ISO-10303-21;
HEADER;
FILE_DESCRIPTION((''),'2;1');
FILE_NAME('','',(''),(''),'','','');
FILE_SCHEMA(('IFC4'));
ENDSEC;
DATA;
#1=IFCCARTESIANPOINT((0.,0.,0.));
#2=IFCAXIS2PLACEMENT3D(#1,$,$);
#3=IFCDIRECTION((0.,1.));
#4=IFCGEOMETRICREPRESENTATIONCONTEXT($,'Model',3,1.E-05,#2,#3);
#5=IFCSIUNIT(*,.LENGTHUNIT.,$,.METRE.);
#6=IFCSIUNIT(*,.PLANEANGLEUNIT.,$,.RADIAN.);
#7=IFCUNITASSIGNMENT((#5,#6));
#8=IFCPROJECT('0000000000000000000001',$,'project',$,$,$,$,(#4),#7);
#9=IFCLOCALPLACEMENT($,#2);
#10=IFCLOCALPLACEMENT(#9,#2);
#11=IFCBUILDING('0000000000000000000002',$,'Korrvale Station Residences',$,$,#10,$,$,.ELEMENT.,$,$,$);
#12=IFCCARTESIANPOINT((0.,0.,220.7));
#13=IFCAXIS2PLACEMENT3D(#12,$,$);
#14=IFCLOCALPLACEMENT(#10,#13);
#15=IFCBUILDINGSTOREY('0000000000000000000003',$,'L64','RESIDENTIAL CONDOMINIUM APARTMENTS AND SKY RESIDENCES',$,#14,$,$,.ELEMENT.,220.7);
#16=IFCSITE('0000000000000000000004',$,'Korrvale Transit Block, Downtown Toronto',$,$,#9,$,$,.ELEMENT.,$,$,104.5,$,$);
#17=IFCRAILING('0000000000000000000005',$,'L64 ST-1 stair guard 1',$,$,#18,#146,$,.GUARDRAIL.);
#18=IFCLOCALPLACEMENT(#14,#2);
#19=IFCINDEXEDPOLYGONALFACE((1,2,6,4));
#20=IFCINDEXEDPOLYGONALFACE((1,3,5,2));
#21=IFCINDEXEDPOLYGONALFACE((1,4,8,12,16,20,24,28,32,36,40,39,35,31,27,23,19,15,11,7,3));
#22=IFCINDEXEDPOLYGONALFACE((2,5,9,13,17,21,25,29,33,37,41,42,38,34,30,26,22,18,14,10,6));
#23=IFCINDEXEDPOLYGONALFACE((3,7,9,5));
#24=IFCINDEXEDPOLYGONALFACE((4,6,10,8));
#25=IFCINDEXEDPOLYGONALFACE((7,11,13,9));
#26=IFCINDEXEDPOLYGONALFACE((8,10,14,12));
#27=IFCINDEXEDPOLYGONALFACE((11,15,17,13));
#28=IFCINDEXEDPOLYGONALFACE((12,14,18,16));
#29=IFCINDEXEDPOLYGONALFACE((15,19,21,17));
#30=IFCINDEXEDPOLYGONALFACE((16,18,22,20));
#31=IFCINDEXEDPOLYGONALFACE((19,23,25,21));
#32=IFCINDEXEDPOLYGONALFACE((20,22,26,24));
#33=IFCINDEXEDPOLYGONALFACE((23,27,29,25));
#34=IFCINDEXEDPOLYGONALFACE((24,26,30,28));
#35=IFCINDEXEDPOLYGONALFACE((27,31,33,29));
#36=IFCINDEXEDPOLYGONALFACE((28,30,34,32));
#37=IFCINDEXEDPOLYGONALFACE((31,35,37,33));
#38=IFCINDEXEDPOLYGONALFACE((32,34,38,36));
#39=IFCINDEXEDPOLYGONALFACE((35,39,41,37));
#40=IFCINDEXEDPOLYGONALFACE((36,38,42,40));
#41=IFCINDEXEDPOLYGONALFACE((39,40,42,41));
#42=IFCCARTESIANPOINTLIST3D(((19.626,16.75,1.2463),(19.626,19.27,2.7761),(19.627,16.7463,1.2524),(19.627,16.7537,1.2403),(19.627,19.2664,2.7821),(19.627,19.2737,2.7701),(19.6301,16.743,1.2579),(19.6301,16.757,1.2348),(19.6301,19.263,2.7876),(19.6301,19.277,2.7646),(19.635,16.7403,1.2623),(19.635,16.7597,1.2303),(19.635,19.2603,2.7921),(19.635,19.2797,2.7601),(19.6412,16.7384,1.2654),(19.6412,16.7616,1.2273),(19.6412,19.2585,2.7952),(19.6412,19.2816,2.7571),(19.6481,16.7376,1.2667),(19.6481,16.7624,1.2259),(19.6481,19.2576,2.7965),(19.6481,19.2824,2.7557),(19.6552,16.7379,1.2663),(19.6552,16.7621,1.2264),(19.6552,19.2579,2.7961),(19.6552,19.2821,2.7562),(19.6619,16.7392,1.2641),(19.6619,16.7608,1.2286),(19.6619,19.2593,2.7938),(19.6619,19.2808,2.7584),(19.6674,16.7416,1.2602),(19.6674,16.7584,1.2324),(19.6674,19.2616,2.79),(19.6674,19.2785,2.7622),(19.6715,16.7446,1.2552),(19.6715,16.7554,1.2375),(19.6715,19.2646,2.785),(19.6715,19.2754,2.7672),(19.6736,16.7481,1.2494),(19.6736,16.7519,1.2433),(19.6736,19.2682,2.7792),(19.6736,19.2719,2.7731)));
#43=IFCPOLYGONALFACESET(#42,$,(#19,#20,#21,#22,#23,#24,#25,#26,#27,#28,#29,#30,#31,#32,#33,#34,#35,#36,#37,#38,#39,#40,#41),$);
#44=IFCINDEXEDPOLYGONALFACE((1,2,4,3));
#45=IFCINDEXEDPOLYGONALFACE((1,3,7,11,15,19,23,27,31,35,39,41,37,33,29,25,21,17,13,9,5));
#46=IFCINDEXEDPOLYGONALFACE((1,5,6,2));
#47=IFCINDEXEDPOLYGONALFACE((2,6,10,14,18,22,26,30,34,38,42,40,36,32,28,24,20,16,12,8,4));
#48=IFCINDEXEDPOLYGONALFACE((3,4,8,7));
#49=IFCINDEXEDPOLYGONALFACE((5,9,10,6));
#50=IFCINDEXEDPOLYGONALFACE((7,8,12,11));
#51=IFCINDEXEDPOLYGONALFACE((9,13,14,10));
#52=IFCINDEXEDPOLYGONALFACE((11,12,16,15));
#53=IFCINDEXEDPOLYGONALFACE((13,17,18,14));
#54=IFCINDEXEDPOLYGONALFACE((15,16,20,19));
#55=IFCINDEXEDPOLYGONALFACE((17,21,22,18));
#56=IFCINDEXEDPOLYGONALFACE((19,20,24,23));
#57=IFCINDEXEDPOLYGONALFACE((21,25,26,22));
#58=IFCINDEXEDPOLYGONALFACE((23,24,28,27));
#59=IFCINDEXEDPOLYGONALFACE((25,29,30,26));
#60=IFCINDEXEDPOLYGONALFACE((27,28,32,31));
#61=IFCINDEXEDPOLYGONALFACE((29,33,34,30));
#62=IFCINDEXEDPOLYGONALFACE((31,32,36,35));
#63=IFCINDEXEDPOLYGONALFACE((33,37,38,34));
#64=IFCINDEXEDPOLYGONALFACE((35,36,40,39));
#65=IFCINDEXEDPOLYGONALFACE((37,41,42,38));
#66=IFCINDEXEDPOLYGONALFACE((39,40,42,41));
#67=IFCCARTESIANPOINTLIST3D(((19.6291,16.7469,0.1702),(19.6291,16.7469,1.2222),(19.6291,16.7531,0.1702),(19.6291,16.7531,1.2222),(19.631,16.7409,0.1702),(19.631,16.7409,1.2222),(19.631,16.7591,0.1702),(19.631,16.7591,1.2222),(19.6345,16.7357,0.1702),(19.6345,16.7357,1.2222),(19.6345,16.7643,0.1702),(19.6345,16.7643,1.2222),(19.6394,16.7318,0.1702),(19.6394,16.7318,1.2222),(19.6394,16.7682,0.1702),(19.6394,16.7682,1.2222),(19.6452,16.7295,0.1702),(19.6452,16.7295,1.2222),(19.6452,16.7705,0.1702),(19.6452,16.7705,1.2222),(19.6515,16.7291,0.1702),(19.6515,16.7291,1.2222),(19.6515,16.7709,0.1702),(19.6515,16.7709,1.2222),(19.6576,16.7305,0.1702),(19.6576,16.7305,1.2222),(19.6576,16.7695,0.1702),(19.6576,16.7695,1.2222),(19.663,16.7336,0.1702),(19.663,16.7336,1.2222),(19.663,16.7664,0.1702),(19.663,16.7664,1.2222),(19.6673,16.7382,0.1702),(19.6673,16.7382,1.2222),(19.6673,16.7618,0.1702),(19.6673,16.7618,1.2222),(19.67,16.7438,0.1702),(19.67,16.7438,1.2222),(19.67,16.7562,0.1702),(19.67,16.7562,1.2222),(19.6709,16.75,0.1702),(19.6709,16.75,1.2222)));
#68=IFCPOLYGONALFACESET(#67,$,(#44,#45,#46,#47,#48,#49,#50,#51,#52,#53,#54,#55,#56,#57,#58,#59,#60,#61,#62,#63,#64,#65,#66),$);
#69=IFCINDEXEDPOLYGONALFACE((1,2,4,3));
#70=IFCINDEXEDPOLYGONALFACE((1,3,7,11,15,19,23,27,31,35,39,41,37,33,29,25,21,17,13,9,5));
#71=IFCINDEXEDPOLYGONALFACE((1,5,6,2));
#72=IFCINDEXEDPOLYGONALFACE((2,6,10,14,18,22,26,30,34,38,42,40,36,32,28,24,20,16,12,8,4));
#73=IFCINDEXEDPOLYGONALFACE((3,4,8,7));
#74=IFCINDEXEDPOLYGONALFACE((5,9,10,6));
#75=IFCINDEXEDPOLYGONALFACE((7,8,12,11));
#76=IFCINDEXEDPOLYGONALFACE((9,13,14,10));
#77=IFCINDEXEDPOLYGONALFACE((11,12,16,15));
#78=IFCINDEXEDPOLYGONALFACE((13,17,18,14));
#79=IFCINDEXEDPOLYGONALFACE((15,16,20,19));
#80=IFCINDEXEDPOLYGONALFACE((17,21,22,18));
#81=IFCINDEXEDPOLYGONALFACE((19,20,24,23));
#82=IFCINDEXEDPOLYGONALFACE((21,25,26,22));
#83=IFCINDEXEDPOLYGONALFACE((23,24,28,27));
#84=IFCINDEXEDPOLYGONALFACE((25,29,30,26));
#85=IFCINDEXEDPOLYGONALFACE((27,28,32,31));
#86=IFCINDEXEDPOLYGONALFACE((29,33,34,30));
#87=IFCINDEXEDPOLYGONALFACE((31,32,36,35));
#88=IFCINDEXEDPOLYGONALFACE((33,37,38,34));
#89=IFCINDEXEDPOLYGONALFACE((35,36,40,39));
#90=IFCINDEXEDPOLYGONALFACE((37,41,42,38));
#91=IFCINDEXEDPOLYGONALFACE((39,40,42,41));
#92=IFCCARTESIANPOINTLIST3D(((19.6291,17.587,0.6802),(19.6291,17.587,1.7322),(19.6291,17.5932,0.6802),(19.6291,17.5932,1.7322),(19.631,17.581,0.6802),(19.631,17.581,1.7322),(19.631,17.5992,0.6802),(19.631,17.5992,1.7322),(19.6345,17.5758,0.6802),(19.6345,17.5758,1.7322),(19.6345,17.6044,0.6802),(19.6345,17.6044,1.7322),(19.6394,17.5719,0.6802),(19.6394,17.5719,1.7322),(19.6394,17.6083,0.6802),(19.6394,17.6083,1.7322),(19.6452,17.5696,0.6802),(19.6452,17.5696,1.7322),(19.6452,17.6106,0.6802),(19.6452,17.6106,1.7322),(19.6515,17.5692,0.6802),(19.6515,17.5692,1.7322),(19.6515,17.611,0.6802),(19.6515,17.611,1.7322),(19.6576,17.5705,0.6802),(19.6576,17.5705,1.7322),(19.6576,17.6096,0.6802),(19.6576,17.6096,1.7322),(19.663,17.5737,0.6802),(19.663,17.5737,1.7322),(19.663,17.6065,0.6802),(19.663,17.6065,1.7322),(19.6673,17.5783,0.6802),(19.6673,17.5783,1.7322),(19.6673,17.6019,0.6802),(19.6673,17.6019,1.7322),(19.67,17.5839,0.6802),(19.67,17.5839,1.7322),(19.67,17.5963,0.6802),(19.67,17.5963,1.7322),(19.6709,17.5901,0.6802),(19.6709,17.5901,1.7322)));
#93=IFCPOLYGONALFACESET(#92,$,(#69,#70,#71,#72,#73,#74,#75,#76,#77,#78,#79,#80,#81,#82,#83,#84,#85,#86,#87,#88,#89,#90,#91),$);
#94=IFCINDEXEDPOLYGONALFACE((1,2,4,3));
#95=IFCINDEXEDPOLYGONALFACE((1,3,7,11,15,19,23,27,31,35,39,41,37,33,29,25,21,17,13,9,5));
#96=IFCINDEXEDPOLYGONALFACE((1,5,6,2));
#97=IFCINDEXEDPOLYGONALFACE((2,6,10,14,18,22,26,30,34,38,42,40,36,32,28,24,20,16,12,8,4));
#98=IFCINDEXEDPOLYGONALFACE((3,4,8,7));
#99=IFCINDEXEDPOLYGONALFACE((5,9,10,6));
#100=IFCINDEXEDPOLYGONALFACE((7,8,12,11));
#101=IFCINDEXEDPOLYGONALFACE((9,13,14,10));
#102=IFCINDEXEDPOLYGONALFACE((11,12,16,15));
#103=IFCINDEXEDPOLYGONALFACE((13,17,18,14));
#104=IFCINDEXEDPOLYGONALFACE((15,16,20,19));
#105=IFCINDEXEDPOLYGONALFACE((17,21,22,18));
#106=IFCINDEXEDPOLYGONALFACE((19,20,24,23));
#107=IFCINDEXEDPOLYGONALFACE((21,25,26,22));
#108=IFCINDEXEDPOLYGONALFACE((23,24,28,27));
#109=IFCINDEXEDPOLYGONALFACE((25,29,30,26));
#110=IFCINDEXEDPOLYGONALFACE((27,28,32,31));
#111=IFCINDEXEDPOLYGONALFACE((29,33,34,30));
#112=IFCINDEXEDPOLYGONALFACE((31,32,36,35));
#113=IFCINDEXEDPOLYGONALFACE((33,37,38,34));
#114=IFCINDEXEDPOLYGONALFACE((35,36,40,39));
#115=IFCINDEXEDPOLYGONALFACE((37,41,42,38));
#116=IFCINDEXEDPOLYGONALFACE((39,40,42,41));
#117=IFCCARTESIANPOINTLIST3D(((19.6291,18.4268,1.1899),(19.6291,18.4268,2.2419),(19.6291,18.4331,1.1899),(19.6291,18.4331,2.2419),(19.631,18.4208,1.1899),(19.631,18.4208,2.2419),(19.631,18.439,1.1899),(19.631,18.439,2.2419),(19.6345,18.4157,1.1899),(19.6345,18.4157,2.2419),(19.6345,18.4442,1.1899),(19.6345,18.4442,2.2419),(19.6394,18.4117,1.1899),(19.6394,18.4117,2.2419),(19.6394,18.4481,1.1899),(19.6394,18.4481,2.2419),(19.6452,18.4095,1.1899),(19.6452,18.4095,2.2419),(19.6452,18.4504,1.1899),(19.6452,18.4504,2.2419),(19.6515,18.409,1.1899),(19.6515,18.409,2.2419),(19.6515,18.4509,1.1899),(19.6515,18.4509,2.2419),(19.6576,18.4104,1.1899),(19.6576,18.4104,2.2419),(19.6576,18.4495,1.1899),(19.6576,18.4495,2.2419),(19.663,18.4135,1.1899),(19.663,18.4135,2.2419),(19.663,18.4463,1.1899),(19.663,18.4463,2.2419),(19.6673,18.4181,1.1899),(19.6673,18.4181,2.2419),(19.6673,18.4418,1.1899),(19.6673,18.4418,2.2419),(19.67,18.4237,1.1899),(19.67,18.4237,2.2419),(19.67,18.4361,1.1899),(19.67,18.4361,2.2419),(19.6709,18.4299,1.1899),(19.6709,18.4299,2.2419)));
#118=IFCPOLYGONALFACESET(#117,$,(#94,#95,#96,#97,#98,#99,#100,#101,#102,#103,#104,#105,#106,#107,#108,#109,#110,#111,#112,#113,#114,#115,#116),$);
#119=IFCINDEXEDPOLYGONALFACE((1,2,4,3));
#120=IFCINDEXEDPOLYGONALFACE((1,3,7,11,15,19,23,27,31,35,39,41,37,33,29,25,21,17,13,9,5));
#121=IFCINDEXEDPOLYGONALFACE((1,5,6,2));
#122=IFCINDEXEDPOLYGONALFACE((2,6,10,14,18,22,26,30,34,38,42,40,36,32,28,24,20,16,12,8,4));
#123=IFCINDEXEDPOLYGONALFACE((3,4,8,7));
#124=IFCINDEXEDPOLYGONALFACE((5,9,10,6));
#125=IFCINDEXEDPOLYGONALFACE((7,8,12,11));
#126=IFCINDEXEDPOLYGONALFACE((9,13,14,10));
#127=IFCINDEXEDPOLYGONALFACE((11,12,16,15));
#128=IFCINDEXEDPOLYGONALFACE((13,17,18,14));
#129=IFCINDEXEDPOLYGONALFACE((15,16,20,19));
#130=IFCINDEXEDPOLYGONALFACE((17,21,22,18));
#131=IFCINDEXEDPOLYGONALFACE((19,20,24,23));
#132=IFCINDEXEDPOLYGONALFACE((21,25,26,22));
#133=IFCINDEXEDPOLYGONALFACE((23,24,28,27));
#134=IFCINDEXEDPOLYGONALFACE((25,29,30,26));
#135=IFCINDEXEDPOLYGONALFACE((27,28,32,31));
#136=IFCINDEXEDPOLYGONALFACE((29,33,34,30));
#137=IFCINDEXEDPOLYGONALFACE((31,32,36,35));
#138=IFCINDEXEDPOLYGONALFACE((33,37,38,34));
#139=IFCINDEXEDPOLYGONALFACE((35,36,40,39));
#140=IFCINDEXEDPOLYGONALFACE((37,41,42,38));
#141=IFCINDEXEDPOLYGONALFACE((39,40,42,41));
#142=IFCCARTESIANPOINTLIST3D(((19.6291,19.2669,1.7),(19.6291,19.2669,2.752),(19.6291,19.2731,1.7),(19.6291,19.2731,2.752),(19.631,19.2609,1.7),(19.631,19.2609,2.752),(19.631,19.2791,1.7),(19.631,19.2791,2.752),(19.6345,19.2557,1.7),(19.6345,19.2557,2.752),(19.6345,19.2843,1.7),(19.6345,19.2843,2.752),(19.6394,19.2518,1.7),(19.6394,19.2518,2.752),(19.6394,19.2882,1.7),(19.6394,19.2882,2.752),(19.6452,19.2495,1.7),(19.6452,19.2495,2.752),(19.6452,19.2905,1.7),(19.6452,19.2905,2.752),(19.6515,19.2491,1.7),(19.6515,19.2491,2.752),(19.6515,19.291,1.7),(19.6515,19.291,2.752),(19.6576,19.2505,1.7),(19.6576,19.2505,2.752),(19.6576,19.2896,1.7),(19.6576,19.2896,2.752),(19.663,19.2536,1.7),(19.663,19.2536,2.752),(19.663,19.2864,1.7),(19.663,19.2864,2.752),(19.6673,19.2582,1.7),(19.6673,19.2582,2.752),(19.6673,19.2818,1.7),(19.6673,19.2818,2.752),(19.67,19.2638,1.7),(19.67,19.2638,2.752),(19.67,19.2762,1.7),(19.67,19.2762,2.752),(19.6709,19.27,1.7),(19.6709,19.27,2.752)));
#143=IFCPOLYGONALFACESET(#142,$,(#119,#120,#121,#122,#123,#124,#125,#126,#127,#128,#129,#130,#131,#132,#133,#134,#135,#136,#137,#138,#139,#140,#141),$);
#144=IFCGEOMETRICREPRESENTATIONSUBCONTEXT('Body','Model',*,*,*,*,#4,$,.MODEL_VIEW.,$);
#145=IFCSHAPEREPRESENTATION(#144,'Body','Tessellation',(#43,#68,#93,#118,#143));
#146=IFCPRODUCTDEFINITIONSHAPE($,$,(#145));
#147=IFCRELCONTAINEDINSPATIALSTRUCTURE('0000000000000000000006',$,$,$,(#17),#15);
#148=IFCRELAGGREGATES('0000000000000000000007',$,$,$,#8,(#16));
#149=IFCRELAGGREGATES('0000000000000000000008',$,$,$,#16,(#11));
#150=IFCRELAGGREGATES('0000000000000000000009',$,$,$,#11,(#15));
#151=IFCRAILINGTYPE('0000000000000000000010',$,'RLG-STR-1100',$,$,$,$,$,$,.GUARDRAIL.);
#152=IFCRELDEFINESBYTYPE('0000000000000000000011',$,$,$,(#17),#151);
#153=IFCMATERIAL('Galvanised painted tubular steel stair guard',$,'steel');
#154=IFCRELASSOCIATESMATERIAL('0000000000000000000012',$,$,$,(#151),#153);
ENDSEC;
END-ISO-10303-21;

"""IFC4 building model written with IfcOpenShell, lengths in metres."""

from ifc_helpers import new_model, si_unit, direction, frame, origin, origin_2d, place, context, subcontext, project, spatial, circle, extrude, material, type_object, element, save


model = new_model("IFC4")

# Units and contexts
model_context = context("Model", 3, precision=1e-05, world=origin(), true_north=direction((0.0, 1.0)))
body_context = subcontext(model_context, "Body", "Model", "MODEL_VIEW")
ifc_project = project(units=[si_unit("LENGTHUNIT", "METRE"), si_unit("PLANEANGLEUNIT", "RADIAN")], contexts=[model_context])

# Site, building, storey
site_placement = place(None, origin())
site = spatial("IfcSite", under=ifc_project, at=site_placement, Name="Korrvale Transit Block, Downtown Toronto", CompositionType="ELEMENT", RefElevation=104.5)
building_placement = place(site_placement, origin())
building = spatial("IfcBuilding", under=site, at=building_placement, Name="Korrvale Station Residences", CompositionType="ELEMENT")
storey_placement = place(building_placement, frame((0.0, 0.0, 220.7)))
storey = spatial("IfcBuildingStorey", under=building, at=storey_placement, Name="L64", Description="RESIDENTIAL CONDOMINIUM APARTMENTS AND SKY RESIDENCES", CompositionType="ELEMENT", Elevation=220.7)

# Railing
ifc_material_1 = material(Name="Galvanised painted tubular steel stair guard", Category="steel")
railing_type_1 = type_object("IfcRailingType", Name="RLG-STR-1100", PredefinedType="GUARDRAIL", material=ifc_material_1)
railing_1_placement = place(storey_placement, frame((19.6499, 16.75, 0.1702)))
element("IfcRailing", 1, at=railing_1_placement, inside=storey, type_object=railing_type_1, Name="L64 ST-1 stair guard 1", PredefinedType="GUARDRAIL", context=body_context, shape_type="SweptSolid", body=[
    extrude(circle(Radius=0.0239, at=origin_2d()), frame((0.0, 0.0, 1.0762), z_axis=(0.0, 0.854822, 0.518922), x_axis=(-1.0, 0.0, 0.0)), (0.0, 0.0, 1.0), 2.948),
    extrude(circle(Radius=0.021, at=origin_2d()), origin(), (0.0, 0.0, 1.0), 1.052),
    extrude(circle(Radius=0.021, at=origin_2d()), frame((0.0, 0.8401, 0.51)), (0.0, 0.0, 1.0), 1.052),
    extrude(circle(Radius=0.021, at=origin_2d()), frame((0.0, 1.6799, 1.0198)), (0.0, 0.0, 1.0), 1.052),
    extrude(circle(Radius=0.021, at=origin_2d()), frame((0.0, 2.52, 1.5298)), (0.0, 0.0, 1.0), 1.052),
])

save(model, "model.ifc")
